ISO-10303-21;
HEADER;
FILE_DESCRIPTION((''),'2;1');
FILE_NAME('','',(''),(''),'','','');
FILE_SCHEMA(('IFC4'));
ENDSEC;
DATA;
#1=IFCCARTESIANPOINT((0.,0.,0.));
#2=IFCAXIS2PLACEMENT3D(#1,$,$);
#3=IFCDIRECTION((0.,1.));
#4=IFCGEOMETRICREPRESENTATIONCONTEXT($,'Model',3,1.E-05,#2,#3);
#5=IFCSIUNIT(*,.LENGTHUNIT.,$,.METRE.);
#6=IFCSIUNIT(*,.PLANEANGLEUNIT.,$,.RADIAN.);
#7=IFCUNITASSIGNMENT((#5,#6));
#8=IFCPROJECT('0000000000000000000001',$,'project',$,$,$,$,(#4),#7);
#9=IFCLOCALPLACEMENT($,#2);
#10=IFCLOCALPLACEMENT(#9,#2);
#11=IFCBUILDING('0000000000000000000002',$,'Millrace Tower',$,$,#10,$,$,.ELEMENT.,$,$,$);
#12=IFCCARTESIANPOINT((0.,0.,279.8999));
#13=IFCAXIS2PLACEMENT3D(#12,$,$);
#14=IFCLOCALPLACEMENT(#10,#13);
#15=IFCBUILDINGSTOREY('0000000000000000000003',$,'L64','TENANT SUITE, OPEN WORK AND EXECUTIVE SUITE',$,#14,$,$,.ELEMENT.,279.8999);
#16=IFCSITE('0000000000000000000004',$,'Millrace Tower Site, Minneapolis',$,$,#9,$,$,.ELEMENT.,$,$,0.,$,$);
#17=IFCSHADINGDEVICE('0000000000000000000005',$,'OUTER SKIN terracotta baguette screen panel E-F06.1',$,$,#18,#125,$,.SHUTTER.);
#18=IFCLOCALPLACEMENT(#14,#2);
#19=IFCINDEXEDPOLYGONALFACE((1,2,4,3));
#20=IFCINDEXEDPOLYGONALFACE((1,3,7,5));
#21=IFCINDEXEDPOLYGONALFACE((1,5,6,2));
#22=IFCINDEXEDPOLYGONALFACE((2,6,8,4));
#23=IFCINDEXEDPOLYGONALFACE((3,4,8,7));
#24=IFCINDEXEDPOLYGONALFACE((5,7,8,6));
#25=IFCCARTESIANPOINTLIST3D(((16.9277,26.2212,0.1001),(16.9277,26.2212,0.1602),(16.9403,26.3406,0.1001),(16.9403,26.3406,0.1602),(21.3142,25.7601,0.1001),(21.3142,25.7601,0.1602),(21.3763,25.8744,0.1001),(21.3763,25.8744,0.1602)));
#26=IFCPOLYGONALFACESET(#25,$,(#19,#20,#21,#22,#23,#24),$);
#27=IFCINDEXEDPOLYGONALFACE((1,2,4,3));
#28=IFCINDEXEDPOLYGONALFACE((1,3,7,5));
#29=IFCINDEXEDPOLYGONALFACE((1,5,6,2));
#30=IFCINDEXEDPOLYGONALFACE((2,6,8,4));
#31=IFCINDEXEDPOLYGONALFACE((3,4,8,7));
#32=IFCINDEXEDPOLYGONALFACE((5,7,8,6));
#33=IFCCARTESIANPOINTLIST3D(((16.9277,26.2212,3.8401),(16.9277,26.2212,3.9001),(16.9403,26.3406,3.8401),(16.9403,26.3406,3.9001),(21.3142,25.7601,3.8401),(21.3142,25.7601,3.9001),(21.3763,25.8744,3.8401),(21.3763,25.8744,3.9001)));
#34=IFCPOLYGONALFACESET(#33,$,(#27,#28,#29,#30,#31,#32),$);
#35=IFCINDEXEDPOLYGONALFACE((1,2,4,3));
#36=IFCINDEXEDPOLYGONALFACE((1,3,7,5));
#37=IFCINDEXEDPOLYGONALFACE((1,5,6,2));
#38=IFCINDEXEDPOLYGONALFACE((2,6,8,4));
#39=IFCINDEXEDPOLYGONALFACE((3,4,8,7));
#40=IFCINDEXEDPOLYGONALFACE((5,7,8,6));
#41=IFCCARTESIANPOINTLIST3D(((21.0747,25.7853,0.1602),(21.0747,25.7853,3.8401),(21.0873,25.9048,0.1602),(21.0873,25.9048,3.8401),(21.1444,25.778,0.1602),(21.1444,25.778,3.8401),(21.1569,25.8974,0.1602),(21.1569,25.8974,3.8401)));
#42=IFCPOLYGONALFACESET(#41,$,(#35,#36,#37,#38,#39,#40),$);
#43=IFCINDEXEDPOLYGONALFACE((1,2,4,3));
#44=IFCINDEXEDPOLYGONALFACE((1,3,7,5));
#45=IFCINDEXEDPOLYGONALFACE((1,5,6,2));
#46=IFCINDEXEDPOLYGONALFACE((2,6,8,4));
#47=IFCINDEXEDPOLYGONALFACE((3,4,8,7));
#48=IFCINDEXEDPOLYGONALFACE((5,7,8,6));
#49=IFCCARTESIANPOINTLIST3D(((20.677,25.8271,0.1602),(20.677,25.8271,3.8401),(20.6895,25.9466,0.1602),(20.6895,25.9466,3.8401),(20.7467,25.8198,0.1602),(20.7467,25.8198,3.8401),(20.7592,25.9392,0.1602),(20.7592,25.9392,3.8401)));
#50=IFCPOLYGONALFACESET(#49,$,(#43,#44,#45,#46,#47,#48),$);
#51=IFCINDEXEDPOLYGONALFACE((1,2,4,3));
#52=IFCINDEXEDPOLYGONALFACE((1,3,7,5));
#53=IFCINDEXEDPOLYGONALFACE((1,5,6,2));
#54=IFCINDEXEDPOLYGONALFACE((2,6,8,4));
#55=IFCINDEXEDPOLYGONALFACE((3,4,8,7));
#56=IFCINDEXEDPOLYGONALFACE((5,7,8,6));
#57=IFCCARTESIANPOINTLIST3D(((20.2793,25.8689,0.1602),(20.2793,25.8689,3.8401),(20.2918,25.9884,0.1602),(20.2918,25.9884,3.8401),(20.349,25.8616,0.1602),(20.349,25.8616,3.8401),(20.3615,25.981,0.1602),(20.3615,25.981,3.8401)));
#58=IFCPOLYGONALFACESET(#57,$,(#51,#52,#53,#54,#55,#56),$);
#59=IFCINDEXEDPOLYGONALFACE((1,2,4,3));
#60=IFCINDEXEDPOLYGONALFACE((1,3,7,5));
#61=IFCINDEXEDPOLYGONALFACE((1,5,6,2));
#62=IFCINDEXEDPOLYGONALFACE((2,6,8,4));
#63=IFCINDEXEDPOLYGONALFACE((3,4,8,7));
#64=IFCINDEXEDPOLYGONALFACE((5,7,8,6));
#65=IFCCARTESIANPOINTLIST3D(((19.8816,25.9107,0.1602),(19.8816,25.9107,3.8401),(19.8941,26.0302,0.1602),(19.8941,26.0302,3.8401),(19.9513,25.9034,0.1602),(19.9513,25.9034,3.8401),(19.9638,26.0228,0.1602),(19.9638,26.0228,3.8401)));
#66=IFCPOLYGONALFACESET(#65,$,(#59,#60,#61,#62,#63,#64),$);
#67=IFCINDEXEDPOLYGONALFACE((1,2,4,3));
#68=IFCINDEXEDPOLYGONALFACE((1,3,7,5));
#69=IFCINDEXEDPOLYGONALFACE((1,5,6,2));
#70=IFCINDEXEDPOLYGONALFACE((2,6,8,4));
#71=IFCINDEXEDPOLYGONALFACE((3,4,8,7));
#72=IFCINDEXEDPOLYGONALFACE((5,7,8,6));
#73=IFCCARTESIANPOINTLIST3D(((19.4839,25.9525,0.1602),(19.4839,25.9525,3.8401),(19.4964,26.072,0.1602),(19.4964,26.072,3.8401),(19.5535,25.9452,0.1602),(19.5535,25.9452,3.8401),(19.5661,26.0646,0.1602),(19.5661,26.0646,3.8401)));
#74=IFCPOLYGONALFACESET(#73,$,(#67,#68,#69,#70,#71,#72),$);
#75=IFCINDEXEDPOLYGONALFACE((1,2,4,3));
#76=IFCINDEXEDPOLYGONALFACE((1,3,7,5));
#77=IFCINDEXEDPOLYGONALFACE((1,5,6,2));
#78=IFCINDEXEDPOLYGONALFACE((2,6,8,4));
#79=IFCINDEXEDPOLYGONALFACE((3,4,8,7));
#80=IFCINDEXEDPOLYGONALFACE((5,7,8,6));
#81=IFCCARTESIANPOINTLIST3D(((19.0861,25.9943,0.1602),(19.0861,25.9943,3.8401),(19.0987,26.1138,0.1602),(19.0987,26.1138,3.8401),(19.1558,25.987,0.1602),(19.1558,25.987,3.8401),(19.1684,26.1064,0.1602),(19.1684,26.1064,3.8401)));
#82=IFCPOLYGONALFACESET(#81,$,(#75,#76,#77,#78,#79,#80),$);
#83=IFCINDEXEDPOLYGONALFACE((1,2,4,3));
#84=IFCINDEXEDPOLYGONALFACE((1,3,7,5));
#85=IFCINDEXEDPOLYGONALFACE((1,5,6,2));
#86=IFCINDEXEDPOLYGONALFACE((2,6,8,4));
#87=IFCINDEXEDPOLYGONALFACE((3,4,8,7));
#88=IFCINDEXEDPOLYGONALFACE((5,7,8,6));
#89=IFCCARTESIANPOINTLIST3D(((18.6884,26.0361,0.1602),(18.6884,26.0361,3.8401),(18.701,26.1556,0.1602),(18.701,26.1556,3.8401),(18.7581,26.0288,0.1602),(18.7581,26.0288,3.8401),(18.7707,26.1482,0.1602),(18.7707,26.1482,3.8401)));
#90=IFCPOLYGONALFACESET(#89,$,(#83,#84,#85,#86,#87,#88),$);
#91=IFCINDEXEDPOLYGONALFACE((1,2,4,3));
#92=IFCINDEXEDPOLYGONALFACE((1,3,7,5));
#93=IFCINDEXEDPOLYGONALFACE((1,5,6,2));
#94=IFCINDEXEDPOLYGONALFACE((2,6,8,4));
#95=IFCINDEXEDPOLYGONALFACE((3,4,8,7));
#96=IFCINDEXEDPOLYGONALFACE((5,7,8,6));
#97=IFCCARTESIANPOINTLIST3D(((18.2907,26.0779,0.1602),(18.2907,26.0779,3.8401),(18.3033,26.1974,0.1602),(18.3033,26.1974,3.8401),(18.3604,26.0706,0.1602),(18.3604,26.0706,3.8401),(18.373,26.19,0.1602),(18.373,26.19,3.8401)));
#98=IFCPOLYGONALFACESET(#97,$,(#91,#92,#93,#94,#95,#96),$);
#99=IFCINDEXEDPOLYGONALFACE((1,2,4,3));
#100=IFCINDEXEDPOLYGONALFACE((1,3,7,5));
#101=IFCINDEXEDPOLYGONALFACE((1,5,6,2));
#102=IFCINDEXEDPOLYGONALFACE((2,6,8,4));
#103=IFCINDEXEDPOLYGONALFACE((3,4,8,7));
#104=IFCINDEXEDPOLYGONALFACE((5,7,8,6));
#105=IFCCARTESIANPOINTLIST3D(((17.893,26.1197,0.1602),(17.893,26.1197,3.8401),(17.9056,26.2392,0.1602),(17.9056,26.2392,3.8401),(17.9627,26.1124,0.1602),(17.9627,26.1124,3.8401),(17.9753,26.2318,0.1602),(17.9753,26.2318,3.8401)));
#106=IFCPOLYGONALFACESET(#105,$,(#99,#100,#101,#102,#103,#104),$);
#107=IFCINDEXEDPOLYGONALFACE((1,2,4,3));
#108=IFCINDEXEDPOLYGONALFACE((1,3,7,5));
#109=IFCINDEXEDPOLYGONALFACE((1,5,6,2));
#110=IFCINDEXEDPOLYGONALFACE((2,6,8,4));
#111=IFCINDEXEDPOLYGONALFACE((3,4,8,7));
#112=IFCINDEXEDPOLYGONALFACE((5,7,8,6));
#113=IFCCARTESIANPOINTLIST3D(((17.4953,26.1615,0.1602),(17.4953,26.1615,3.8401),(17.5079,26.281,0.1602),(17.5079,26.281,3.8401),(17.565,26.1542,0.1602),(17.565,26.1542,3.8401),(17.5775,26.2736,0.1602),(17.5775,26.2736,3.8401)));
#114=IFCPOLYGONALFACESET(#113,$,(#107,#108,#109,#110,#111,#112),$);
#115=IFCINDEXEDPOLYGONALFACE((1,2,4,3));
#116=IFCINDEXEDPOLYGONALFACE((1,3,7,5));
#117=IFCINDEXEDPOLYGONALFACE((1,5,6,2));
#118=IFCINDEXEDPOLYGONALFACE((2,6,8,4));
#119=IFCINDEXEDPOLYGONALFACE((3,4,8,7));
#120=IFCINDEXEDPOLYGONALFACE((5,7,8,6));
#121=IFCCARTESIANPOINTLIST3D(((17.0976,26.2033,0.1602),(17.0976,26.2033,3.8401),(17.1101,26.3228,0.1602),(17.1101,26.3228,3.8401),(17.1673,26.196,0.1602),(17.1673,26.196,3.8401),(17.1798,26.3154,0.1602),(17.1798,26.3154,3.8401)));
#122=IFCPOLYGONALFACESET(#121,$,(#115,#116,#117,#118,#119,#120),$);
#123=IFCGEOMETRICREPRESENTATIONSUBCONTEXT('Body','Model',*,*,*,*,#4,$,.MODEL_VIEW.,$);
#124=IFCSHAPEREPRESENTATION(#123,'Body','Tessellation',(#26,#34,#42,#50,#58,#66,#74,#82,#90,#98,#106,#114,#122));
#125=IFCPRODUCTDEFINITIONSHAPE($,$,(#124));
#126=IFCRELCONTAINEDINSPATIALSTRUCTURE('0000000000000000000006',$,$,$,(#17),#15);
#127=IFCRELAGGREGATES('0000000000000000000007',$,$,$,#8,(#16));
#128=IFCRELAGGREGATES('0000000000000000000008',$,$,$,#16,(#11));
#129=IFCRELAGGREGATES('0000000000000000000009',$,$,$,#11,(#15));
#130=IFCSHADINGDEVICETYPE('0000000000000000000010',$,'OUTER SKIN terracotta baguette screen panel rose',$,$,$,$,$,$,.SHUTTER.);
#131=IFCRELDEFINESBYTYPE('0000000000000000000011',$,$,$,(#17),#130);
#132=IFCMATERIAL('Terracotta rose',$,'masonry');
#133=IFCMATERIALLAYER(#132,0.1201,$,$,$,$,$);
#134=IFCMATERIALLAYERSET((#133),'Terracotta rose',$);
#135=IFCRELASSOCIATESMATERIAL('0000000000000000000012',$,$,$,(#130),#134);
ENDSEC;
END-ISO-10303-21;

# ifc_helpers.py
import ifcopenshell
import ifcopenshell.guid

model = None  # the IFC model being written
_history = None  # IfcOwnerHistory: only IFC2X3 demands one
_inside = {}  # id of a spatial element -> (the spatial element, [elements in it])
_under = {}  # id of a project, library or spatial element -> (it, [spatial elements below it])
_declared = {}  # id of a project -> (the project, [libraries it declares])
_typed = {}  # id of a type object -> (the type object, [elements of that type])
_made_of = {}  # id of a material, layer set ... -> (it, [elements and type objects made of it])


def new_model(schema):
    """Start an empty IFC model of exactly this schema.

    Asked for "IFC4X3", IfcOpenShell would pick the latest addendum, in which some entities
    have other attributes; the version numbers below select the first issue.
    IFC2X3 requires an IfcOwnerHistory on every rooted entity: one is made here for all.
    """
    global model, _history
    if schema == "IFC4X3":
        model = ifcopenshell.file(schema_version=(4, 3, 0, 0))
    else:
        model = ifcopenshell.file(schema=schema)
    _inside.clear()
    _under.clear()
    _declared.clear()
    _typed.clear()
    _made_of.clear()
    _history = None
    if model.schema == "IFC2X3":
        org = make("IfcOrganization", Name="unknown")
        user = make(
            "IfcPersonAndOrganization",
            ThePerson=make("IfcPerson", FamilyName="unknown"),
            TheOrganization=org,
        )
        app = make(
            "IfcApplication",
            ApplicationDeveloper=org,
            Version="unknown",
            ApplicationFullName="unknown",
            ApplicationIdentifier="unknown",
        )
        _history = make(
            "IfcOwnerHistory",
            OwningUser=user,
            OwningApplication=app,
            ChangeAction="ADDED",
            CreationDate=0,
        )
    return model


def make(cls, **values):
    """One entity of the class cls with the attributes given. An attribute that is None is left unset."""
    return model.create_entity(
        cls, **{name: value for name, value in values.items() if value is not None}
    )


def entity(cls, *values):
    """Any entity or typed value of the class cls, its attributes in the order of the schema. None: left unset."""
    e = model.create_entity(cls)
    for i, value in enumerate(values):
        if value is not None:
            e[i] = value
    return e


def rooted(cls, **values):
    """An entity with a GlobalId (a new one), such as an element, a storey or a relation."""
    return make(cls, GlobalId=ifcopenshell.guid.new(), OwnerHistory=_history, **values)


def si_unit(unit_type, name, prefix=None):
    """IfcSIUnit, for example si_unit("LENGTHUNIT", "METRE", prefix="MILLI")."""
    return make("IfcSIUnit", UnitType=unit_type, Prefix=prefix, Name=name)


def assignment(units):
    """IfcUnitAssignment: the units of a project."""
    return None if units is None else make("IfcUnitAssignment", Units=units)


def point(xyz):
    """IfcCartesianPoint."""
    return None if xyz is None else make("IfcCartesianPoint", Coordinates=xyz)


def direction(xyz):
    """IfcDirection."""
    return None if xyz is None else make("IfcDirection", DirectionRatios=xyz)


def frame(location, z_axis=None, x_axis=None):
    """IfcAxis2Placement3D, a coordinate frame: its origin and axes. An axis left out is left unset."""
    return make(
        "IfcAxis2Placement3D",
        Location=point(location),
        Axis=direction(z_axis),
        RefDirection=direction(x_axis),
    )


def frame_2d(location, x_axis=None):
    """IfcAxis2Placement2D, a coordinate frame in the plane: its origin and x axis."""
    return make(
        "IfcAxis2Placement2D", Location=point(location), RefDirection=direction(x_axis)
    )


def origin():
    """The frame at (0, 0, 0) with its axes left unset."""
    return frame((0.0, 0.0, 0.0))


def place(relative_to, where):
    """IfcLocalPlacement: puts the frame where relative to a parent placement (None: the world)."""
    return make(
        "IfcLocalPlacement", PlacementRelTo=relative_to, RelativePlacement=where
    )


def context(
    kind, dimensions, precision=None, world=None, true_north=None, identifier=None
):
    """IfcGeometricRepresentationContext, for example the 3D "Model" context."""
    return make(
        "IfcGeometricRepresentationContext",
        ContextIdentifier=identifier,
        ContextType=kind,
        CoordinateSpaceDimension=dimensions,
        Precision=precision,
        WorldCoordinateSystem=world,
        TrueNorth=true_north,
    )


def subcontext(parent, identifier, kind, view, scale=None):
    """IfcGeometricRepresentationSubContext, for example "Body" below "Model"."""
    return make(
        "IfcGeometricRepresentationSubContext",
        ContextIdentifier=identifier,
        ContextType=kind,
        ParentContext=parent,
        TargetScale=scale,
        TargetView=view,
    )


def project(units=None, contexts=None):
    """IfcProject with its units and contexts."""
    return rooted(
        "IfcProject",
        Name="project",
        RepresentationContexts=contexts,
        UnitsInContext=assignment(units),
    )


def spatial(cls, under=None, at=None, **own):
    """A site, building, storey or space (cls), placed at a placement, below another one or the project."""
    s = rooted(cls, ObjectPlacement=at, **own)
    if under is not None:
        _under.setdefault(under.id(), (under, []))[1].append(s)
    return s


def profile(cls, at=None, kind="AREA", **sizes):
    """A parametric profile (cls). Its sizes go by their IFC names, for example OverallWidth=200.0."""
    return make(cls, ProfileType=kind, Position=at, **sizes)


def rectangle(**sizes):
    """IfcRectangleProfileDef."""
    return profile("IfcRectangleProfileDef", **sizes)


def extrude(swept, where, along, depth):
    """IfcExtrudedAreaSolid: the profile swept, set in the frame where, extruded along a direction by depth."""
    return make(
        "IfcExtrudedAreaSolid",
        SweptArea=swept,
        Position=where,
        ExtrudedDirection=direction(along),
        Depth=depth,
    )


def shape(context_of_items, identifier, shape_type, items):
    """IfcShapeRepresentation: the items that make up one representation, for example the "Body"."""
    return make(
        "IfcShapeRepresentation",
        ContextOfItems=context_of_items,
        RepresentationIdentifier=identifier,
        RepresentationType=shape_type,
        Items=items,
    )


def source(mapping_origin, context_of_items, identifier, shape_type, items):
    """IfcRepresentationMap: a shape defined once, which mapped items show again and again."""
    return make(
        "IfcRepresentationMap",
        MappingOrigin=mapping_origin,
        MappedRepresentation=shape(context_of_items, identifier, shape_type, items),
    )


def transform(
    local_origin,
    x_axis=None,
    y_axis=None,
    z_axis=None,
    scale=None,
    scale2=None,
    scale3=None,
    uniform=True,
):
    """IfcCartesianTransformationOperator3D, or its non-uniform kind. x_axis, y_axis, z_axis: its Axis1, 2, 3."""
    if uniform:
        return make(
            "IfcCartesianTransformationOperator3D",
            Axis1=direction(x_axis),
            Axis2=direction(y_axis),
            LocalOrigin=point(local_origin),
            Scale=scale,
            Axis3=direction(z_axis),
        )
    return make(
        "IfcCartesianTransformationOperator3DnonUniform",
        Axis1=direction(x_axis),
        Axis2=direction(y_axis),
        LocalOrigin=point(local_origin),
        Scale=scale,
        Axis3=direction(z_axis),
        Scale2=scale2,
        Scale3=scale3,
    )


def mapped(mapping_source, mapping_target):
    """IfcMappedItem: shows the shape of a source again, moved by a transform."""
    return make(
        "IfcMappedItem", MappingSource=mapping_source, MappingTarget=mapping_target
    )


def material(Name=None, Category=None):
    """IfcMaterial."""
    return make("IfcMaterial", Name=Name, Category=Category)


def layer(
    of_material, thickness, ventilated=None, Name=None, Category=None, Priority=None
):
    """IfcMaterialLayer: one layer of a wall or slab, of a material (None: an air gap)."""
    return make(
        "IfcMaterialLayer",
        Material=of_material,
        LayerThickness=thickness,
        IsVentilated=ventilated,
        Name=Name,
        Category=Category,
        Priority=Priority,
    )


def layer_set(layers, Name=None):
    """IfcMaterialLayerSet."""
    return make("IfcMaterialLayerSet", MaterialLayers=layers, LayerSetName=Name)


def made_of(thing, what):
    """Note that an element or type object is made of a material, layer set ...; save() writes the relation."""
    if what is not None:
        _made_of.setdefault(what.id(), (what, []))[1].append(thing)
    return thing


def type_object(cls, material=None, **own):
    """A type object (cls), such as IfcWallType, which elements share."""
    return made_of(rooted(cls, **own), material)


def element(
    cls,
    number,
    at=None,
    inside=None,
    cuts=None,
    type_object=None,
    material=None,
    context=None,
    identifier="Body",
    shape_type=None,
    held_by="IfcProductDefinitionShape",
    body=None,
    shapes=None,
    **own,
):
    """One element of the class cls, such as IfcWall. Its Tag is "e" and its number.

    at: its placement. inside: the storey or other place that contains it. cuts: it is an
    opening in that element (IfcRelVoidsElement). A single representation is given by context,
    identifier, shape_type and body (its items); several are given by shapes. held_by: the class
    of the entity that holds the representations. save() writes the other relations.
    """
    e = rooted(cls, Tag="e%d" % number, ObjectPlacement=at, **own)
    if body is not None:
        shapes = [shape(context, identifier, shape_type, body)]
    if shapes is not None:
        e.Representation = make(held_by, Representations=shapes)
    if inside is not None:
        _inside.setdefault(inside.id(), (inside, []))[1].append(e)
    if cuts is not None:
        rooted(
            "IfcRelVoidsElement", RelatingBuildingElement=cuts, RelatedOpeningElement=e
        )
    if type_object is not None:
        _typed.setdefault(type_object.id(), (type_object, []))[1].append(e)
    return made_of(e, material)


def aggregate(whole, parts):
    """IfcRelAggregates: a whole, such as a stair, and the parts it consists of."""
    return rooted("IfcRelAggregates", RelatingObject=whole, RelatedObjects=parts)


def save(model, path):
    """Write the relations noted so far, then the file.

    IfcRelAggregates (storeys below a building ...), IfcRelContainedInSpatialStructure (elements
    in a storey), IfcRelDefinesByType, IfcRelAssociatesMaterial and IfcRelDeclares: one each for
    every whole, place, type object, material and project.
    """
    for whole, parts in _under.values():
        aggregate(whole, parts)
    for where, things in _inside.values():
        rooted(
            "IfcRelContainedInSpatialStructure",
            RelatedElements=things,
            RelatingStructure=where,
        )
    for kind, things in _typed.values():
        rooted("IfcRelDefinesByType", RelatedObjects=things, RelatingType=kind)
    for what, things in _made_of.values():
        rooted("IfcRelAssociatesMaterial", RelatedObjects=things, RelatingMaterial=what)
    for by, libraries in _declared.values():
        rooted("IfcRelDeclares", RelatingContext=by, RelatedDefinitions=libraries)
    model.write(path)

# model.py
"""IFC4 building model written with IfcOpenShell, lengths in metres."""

from ifc_helpers import new_model, entity, si_unit, direction, frame, frame_2d, origin, place, context, subcontext, project, spatial, rectangle, extrude, source, transform, mapped, material, layer, layer_set, type_object, element, save


model = new_model("IFC4")

# Units and contexts
model_context = context("Model", 3, precision=1e-05, world=origin(), true_north=direction((0.0, 1.0)))
body_context = subcontext(model_context, "Body", "Model", "MODEL_VIEW")
ifc_project = project(units=[si_unit("LENGTHUNIT", "METRE"), si_unit("PLANEANGLEUNIT", "RADIAN")], contexts=[model_context])

# Site, building, storey
site_placement = place(None, origin())
site = spatial("IfcSite", under=ifc_project, at=site_placement, Name="Millrace Tower Site, Minneapolis", CompositionType="ELEMENT", RefElevation=0.0)
building_placement = place(site_placement, origin())
building = spatial("IfcBuilding", under=site, at=building_placement, Name="Millrace Tower", CompositionType="ELEMENT")
storey_placement = place(building_placement, frame((0.0, 0.0, 279.8999)))
storey = spatial("IfcBuildingStorey", under=building, at=storey_placement, Name="L64", Description="TENANT SUITE, OPEN WORK AND EXECUTIVE SUITE", CompositionType="ELEMENT", Elevation=279.8999)

# Shading device
ifc_material_1 = material(Name="Terracotta rose", Category="masonry")
ifc_layer_1 = layer(ifc_material_1, 0.1201)
ifc_layer_set_1 = layer_set([ifc_layer_1], Name="Terracotta rose")
shading_device_type = type_object("IfcShadingDeviceType", Name="OUTER SKIN terracotta baguette screen panel rose", PredefinedType="SHUTTER", material=ifc_layer_set_1)
cartesian_point_1 = entity("IfcCartesianPoint", [-2.1929, 0.0601])
shared_polyline_1 = entity("IfcPolyline", [cartesian_point_1, entity("IfcCartesianPoint", [2.2178, 0.0601]), entity("IfcCartesianPoint", [2.2178, -0.0601]), entity("IfcCartesianPoint", [-2.2427, -0.0601]), cartesian_point_1])
shared_shape_1 = source(origin(), body_context, "Body", "SweptSolid", [
    entity("IfcExtrudedAreaSolid", entity("IfcArbitraryClosedProfileDef", "AREA", None, shared_polyline_1), entity("IfcAxis2Placement3D", entity("IfcCartesianPoint", [0.0, 0.0, 0.0])), entity("IfcDirection", [0.0, 0.0, 1.0]), 0.0601),
    entity("IfcExtrudedAreaSolid", entity("IfcArbitraryClosedProfileDef", "AREA", None, shared_polyline_1), entity("IfcAxis2Placement3D", entity("IfcCartesianPoint", [0.0, 0.0, 3.74])), entity("IfcDirection", [0.0, 0.0, 1.0]), 0.0601),
    extrude(rectangle(XDim=0.0701, YDim=0.1201, at=frame_2d((-1.9871, 0.0))), frame((0.0, 0.0, 0.0601)), (0.0, 0.0, 1.0), 3.6799),
    extrude(rectangle(XDim=0.0701, YDim=0.1201, at=frame_2d((-1.5872, 0.0))), frame((0.0, 0.0, 0.0601)), (0.0, 0.0, 1.0), 3.6799),
    extrude(rectangle(XDim=0.0701, YDim=0.1201, at=frame_2d((-1.1873, 0.0))), frame((0.0, 0.0, 0.0601)), (0.0, 0.0, 1.0), 3.6799),
    extrude(rectangle(XDim=0.0701, YDim=0.1201, at=frame_2d((-0.7874, 0.0))), frame((0.0, 0.0, 0.0601)), (0.0, 0.0, 1.0), 3.6799),
    extrude(rectangle(XDim=0.0701, YDim=0.1201, at=frame_2d((-0.3875, 0.0))), frame((0.0, 0.0, 0.0601)), (0.0, 0.0, 1.0), 3.6799),
    extrude(rectangle(XDim=0.0701, YDim=0.1201, at=frame_2d((0.0125, 0.0))), frame((0.0, 0.0, 0.0601)), (0.0, 0.0, 1.0), 3.6799),
    extrude(rectangle(XDim=0.0701, YDim=0.1201, at=frame_2d((0.4124, 0.0))), frame((0.0, 0.0, 0.0601)), (0.0, 0.0, 1.0), 3.6799),
    extrude(rectangle(XDim=0.0701, YDim=0.1201, at=frame_2d((0.8123, 0.0))), frame((0.0, 0.0, 0.0601)), (0.0, 0.0, 1.0), 3.6799),
    extrude(rectangle(XDim=0.0701, YDim=0.1201, at=frame_2d((1.2122, 0.0))), frame((0.0, 0.0, 0.0601)), (0.0, 0.0, 1.0), 3.6799),
    extrude(rectangle(XDim=0.0701, YDim=0.1201, at=frame_2d((1.6121, 0.0))), frame((0.0, 0.0, 0.0601)), (0.0, 0.0, 1.0), 3.6799),
    extrude(rectangle(XDim=0.0701, YDim=0.1201, at=frame_2d((2.012, 0.0))), frame((0.0, 0.0, 0.0601)), (0.0, 0.0, 1.0), 3.6799),
])
shading_device_1_placement = place(storey_placement, frame((19.1396, 26.0491, 0.1001), z_axis=(0.0, 0.0, 1.0), x_axis=(-0.994522, 0.104528, 0.0)))
element("IfcShadingDevice", 1, at=shading_device_1_placement, inside=storey, type_object=shading_device_type, Name="OUTER SKIN terracotta baguette screen panel E-F06.1", PredefinedType="SHUTTER", context=body_context, shape_type="MappedRepresentation", body=[
    mapped(shared_shape_1, transform((0.0, 0.0, 0.0), scale=1.0)),
])

save(model, "model.ifc")
